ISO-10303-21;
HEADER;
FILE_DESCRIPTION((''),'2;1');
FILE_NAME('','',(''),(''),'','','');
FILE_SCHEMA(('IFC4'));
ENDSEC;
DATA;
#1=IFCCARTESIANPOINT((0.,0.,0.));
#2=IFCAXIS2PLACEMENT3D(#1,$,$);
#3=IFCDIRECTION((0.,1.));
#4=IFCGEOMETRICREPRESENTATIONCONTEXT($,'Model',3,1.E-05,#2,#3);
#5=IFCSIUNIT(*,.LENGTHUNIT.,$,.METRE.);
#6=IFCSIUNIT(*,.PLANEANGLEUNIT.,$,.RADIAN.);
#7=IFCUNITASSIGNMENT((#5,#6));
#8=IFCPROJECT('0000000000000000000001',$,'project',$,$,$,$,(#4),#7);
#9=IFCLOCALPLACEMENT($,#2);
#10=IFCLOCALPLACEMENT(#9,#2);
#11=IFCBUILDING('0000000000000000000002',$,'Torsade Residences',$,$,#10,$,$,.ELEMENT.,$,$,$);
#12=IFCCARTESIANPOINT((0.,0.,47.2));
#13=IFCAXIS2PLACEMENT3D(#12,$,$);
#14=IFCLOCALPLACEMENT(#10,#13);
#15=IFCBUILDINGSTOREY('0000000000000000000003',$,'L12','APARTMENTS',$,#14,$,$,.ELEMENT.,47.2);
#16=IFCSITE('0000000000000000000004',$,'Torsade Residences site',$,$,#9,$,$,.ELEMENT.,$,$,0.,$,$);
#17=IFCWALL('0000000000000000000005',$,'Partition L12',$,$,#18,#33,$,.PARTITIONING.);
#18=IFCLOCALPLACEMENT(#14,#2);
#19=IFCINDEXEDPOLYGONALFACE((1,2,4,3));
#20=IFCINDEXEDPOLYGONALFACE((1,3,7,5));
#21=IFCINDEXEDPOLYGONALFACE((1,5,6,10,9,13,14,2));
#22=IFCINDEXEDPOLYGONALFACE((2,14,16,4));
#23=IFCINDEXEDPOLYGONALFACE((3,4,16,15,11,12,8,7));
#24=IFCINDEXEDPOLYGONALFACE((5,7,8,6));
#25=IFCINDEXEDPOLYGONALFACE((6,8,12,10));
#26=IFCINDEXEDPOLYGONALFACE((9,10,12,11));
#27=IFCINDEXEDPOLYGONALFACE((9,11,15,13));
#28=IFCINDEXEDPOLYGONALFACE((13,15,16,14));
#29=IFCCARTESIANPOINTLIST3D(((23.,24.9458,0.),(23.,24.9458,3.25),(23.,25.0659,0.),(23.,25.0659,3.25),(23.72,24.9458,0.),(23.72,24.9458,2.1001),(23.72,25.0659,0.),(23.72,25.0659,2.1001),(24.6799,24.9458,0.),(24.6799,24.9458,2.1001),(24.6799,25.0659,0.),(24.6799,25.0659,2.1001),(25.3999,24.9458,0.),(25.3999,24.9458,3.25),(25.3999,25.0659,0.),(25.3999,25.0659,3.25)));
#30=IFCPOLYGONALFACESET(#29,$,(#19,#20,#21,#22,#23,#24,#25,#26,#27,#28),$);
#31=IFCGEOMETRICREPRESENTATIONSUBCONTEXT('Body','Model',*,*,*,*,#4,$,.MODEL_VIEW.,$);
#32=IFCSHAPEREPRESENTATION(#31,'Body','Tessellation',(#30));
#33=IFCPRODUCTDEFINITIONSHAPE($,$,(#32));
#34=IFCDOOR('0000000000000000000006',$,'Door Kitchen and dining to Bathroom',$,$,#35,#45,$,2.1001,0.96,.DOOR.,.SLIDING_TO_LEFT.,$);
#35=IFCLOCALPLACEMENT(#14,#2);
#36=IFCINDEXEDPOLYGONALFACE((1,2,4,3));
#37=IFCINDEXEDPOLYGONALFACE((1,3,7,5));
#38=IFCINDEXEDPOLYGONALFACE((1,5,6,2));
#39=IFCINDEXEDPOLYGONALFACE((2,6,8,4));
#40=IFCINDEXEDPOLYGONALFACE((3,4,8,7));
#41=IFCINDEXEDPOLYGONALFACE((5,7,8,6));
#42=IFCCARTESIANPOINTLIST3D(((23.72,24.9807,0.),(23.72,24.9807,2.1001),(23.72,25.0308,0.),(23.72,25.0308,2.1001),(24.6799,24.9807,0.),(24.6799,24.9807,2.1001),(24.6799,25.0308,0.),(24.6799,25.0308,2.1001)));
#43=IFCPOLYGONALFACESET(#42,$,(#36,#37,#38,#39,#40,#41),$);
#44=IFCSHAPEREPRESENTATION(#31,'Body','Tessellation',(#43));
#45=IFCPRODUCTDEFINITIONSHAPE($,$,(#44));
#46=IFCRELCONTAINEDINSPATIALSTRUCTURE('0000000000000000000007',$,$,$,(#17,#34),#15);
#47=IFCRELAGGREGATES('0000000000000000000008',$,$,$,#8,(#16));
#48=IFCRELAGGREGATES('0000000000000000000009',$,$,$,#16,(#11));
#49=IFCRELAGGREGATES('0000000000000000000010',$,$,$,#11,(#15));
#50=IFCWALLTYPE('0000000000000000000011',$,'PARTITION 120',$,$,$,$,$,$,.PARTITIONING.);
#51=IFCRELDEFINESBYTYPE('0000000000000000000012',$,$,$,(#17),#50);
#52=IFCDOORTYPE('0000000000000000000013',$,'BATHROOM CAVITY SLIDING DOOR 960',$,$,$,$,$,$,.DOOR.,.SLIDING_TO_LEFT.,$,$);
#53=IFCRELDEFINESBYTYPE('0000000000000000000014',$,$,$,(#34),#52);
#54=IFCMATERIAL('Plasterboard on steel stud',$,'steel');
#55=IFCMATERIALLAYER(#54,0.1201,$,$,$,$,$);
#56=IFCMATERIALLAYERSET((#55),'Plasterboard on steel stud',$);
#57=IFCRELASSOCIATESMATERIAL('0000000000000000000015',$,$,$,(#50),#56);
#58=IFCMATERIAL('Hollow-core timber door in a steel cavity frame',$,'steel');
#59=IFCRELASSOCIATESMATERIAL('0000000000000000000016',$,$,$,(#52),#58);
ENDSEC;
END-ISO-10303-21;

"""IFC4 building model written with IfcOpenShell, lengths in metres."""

from ifc_helpers import new_model, si_unit, direction, frame, frame_2d, origin, place, context, subcontext, project, spatial, rectangle, extrude, material, layer, layer_set, type_object, element, fill, save


model = new_model("IFC4")

# Units and contexts
model_context = context("Model", 3, precision=1e-05, world=origin(), true_north=direction((0.0, 1.0)))
body_context = subcontext(model_context, "Body", "Model", "MODEL_VIEW")
ifc_project = project(units=[si_unit("LENGTHUNIT", "METRE"), si_unit("PLANEANGLEUNIT", "RADIAN")], contexts=[model_context])

# Site, building, storey
site_placement = place(None, origin())
site = spatial("IfcSite", under=ifc_project, at=site_placement, Name="Torsade Residences site", CompositionType="ELEMENT", RefElevation=0.0)
building_placement = place(site_placement, origin())
building = spatial("IfcBuilding", under=site, at=building_placement, Name="Torsade Residences", CompositionType="ELEMENT")
storey_placement = place(building_placement, frame((0.0, 0.0, 47.2)))
storey = spatial("IfcBuildingStorey", under=building, at=storey_placement, Name="L12", Description="APARTMENTS", CompositionType="ELEMENT", Elevation=47.2)

# Wall, opening, door
ifc_material_1 = material(Name="Plasterboard on steel stud", Category="steel")
ifc_layer_1 = layer(ifc_material_1, 0.1201)
ifc_layer_set_1 = layer_set([ifc_layer_1], Name="Plasterboard on steel stud")
wall_type_1 = type_object("IfcWallType", Name="PARTITION 120", PredefinedType="PARTITIONING", material=ifc_layer_set_1)
wall_1_placement = place(storey_placement, frame((23.0, 25.0059, 0.0), z_axis=(0.0, 0.0, 1.0), x_axis=(1.0, 0.0, 0.0)))
wall_1 = element("IfcWall", 1, at=wall_1_placement, inside=storey, type_object=wall_type_1, Name="Partition L12", PredefinedType="PARTITIONING", context=body_context, shape_type="SweptSolid", body=[
    extrude(rectangle(XDim=2.3999, YDim=0.1201, at=frame_2d((1.2, 0.0))), origin(), (0.0, 0.0, 1.0), 3.25),
])
opening_1_placement = place(wall_1_placement, frame((0.72, 0.0, 0.0)))
opening_1 = element("IfcOpeningElement", 2, at=opening_1_placement, cuts=wall_1, PredefinedType="OPENING", context=body_context, shape_type="SweptSolid", body=[
    extrude(rectangle(XDim=0.96, YDim=2.1001, at=frame_2d((0.48, 1.05))), frame((0.0, 0.0701, 0.0), z_axis=(0.0, -1.0, 0.0), x_axis=(1.0, 0.0, 0.0)), (0.0, 0.0, 1.0), 0.1401),
])
ifc_material_2 = material(Name="Hollow-core timber door in a steel cavity frame", Category="steel")
door_type_1 = type_object("IfcDoorType", Name="BATHROOM CAVITY SLIDING DOOR 960", OperationType="SLIDING_TO_LEFT", PredefinedType="DOOR", material=ifc_material_2)
door_1_placement = place(opening_1_placement, origin())
door_1 = element("IfcDoor", 3, at=door_1_placement, inside=storey, type_object=door_type_1, Name="Door Kitchen and dining to Bathroom", OperationType="SLIDING_TO_LEFT", OverallHeight=2.1001, OverallWidth=0.96, PredefinedType="DOOR", context=body_context, shape_type="SweptSolid", body=[
    extrude(rectangle(XDim=0.96, YDim=2.1001, at=frame_2d((0.48, 1.05))), frame((0.0, 0.0249, 0.0), z_axis=(0.0, -1.0, 0.0), x_axis=(1.0, 0.0, 0.0)), (0.0, 0.0, 1.0), 0.05),
])
fill(opening_1, door_1)

save(model, "model.ifc")
